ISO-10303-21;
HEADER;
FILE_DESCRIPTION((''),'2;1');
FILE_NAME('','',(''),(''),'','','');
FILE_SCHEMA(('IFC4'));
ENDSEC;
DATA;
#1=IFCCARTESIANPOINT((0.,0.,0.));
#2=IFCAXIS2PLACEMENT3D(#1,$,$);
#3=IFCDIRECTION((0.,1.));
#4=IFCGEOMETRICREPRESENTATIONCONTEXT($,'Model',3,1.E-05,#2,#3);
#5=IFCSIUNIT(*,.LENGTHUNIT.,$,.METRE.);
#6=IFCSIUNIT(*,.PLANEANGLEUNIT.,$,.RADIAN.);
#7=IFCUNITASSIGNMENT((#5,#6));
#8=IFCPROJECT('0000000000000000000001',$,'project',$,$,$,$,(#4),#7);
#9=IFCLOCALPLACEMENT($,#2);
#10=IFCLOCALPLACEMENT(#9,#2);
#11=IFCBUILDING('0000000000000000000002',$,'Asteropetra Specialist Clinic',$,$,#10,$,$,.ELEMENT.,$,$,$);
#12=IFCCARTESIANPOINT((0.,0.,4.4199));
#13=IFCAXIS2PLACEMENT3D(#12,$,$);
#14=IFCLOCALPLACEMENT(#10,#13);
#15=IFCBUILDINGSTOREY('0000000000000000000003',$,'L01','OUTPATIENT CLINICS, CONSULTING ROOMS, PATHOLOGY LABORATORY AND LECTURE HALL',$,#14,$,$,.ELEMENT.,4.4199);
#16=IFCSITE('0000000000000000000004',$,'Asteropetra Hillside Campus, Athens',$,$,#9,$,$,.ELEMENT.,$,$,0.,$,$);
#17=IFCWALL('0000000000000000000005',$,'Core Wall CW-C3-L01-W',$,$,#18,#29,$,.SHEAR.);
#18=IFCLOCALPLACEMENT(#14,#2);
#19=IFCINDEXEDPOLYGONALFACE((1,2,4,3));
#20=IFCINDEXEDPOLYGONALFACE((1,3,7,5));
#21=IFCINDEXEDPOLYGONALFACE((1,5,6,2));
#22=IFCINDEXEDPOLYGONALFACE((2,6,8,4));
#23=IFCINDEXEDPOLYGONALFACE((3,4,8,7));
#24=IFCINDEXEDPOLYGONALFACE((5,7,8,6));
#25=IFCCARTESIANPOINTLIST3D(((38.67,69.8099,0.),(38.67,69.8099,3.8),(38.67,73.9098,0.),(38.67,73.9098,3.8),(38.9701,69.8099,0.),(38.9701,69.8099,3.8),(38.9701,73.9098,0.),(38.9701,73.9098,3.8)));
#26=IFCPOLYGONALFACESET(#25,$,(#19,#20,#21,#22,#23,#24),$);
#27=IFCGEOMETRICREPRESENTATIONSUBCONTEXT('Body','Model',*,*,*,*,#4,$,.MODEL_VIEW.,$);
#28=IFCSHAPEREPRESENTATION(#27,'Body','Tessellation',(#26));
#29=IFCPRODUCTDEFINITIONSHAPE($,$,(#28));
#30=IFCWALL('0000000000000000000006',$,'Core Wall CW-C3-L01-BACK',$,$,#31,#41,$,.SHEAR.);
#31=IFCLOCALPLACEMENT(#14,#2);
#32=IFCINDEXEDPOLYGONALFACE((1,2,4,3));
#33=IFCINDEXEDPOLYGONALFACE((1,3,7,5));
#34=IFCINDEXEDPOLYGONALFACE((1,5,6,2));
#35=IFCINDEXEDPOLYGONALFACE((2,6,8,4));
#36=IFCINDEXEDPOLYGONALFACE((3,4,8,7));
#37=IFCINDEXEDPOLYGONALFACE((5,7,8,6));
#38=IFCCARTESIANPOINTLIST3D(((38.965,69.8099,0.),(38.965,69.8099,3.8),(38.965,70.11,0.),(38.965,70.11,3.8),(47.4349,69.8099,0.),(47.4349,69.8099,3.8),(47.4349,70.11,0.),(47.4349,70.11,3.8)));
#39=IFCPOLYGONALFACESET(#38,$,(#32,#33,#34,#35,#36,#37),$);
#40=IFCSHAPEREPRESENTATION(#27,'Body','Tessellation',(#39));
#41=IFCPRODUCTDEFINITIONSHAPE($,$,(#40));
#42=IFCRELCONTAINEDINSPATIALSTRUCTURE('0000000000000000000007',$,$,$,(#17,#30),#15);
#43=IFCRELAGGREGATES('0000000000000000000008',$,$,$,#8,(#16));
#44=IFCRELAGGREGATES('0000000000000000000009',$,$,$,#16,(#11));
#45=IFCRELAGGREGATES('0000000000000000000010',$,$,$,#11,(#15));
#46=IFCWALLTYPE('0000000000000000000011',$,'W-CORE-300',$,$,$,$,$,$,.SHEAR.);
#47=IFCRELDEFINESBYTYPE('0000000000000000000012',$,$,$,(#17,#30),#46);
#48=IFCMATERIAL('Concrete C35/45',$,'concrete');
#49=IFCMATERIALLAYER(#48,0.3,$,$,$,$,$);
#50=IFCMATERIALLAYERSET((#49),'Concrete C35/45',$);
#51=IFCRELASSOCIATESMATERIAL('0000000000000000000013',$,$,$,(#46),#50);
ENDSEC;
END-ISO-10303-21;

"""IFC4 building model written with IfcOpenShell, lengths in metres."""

from ifc_helpers import new_model, si_unit, direction, frame, frame_2d, origin, place, context, subcontext, project, spatial, rectangle, extrude, material, layer, layer_set, type_object, element, save


model = new_model("IFC4")

# Units and contexts
model_context = context("Model", 3, precision=1e-05, world=origin(), true_north=direction((0.0, 1.0)))
body_context = subcontext(model_context, "Body", "Model", "MODEL_VIEW")
ifc_project = project(units=[si_unit("LENGTHUNIT", "METRE"), si_unit("PLANEANGLEUNIT", "RADIAN")], contexts=[model_context])

# Site, building, storey
site_placement = place(None, origin())
site = spatial("IfcSite", under=ifc_project, at=site_placement, Name="Asteropetra Hillside Campus, Athens", CompositionType="ELEMENT", RefElevation=0.0)
building_placement = place(site_placement, origin())
building = spatial("IfcBuilding", under=site, at=building_placement, Name="Asteropetra Specialist Clinic", CompositionType="ELEMENT")
storey_placement = place(building_placement, frame((0.0, 0.0, 4.4199)))
storey = spatial("IfcBuildingStorey", under=building, at=storey_placement, Name="L01", Description="OUTPATIENT CLINICS, CONSULTING ROOMS, PATHOLOGY LABORATORY AND LECTURE HALL", CompositionType="ELEMENT", Elevation=4.4199)

# Walls
ifc_material_1 = material(Name="Concrete C35/45", Category="concrete")
ifc_layer_1 = layer(ifc_material_1, 0.3)
ifc_layer_set_1 = layer_set([ifc_layer_1], Name="Concrete C35/45")
wall_type_1 = type_object("IfcWallType", Name="W-CORE-300", PredefinedType="SHEAR", material=ifc_layer_set_1)
wall_1_placement = place(storey_placement, frame((38.8201, 69.8101, 0.0), z_axis=(0.0, 0.0, 1.0), x_axis=(0.0, 1.0, 0.0)))
element("IfcWall", 1, at=wall_1_placement, inside=storey, type_object=wall_type_1, Name="Core Wall CW-C3-L01-W", PredefinedType="SHEAR", context=body_context, shape_type="SweptSolid", body=[
    extrude(rectangle(XDim=4.0999, YDim=0.3, at=frame_2d((2.0498, 0.0))), origin(), (0.0, 0.0, 1.0), 3.8),
])
wall_2_placement = place(storey_placement, frame((38.9651, 69.96, 0.0), z_axis=(0.0, 0.0, 1.0), x_axis=(1.0, 0.0, 0.0)))
element("IfcWall", 2, at=wall_2_placement, inside=storey, type_object=wall_type_1, Name="Core Wall CW-C3-L01-BACK", PredefinedType="SHEAR", context=body_context, shape_type="SweptSolid", body=[
    extrude(rectangle(XDim=8.47, YDim=0.3, at=frame_2d((4.2349, 0.0))), origin(), (0.0, 0.0, 1.0), 3.8),
])

save(model, "model.ifc")
